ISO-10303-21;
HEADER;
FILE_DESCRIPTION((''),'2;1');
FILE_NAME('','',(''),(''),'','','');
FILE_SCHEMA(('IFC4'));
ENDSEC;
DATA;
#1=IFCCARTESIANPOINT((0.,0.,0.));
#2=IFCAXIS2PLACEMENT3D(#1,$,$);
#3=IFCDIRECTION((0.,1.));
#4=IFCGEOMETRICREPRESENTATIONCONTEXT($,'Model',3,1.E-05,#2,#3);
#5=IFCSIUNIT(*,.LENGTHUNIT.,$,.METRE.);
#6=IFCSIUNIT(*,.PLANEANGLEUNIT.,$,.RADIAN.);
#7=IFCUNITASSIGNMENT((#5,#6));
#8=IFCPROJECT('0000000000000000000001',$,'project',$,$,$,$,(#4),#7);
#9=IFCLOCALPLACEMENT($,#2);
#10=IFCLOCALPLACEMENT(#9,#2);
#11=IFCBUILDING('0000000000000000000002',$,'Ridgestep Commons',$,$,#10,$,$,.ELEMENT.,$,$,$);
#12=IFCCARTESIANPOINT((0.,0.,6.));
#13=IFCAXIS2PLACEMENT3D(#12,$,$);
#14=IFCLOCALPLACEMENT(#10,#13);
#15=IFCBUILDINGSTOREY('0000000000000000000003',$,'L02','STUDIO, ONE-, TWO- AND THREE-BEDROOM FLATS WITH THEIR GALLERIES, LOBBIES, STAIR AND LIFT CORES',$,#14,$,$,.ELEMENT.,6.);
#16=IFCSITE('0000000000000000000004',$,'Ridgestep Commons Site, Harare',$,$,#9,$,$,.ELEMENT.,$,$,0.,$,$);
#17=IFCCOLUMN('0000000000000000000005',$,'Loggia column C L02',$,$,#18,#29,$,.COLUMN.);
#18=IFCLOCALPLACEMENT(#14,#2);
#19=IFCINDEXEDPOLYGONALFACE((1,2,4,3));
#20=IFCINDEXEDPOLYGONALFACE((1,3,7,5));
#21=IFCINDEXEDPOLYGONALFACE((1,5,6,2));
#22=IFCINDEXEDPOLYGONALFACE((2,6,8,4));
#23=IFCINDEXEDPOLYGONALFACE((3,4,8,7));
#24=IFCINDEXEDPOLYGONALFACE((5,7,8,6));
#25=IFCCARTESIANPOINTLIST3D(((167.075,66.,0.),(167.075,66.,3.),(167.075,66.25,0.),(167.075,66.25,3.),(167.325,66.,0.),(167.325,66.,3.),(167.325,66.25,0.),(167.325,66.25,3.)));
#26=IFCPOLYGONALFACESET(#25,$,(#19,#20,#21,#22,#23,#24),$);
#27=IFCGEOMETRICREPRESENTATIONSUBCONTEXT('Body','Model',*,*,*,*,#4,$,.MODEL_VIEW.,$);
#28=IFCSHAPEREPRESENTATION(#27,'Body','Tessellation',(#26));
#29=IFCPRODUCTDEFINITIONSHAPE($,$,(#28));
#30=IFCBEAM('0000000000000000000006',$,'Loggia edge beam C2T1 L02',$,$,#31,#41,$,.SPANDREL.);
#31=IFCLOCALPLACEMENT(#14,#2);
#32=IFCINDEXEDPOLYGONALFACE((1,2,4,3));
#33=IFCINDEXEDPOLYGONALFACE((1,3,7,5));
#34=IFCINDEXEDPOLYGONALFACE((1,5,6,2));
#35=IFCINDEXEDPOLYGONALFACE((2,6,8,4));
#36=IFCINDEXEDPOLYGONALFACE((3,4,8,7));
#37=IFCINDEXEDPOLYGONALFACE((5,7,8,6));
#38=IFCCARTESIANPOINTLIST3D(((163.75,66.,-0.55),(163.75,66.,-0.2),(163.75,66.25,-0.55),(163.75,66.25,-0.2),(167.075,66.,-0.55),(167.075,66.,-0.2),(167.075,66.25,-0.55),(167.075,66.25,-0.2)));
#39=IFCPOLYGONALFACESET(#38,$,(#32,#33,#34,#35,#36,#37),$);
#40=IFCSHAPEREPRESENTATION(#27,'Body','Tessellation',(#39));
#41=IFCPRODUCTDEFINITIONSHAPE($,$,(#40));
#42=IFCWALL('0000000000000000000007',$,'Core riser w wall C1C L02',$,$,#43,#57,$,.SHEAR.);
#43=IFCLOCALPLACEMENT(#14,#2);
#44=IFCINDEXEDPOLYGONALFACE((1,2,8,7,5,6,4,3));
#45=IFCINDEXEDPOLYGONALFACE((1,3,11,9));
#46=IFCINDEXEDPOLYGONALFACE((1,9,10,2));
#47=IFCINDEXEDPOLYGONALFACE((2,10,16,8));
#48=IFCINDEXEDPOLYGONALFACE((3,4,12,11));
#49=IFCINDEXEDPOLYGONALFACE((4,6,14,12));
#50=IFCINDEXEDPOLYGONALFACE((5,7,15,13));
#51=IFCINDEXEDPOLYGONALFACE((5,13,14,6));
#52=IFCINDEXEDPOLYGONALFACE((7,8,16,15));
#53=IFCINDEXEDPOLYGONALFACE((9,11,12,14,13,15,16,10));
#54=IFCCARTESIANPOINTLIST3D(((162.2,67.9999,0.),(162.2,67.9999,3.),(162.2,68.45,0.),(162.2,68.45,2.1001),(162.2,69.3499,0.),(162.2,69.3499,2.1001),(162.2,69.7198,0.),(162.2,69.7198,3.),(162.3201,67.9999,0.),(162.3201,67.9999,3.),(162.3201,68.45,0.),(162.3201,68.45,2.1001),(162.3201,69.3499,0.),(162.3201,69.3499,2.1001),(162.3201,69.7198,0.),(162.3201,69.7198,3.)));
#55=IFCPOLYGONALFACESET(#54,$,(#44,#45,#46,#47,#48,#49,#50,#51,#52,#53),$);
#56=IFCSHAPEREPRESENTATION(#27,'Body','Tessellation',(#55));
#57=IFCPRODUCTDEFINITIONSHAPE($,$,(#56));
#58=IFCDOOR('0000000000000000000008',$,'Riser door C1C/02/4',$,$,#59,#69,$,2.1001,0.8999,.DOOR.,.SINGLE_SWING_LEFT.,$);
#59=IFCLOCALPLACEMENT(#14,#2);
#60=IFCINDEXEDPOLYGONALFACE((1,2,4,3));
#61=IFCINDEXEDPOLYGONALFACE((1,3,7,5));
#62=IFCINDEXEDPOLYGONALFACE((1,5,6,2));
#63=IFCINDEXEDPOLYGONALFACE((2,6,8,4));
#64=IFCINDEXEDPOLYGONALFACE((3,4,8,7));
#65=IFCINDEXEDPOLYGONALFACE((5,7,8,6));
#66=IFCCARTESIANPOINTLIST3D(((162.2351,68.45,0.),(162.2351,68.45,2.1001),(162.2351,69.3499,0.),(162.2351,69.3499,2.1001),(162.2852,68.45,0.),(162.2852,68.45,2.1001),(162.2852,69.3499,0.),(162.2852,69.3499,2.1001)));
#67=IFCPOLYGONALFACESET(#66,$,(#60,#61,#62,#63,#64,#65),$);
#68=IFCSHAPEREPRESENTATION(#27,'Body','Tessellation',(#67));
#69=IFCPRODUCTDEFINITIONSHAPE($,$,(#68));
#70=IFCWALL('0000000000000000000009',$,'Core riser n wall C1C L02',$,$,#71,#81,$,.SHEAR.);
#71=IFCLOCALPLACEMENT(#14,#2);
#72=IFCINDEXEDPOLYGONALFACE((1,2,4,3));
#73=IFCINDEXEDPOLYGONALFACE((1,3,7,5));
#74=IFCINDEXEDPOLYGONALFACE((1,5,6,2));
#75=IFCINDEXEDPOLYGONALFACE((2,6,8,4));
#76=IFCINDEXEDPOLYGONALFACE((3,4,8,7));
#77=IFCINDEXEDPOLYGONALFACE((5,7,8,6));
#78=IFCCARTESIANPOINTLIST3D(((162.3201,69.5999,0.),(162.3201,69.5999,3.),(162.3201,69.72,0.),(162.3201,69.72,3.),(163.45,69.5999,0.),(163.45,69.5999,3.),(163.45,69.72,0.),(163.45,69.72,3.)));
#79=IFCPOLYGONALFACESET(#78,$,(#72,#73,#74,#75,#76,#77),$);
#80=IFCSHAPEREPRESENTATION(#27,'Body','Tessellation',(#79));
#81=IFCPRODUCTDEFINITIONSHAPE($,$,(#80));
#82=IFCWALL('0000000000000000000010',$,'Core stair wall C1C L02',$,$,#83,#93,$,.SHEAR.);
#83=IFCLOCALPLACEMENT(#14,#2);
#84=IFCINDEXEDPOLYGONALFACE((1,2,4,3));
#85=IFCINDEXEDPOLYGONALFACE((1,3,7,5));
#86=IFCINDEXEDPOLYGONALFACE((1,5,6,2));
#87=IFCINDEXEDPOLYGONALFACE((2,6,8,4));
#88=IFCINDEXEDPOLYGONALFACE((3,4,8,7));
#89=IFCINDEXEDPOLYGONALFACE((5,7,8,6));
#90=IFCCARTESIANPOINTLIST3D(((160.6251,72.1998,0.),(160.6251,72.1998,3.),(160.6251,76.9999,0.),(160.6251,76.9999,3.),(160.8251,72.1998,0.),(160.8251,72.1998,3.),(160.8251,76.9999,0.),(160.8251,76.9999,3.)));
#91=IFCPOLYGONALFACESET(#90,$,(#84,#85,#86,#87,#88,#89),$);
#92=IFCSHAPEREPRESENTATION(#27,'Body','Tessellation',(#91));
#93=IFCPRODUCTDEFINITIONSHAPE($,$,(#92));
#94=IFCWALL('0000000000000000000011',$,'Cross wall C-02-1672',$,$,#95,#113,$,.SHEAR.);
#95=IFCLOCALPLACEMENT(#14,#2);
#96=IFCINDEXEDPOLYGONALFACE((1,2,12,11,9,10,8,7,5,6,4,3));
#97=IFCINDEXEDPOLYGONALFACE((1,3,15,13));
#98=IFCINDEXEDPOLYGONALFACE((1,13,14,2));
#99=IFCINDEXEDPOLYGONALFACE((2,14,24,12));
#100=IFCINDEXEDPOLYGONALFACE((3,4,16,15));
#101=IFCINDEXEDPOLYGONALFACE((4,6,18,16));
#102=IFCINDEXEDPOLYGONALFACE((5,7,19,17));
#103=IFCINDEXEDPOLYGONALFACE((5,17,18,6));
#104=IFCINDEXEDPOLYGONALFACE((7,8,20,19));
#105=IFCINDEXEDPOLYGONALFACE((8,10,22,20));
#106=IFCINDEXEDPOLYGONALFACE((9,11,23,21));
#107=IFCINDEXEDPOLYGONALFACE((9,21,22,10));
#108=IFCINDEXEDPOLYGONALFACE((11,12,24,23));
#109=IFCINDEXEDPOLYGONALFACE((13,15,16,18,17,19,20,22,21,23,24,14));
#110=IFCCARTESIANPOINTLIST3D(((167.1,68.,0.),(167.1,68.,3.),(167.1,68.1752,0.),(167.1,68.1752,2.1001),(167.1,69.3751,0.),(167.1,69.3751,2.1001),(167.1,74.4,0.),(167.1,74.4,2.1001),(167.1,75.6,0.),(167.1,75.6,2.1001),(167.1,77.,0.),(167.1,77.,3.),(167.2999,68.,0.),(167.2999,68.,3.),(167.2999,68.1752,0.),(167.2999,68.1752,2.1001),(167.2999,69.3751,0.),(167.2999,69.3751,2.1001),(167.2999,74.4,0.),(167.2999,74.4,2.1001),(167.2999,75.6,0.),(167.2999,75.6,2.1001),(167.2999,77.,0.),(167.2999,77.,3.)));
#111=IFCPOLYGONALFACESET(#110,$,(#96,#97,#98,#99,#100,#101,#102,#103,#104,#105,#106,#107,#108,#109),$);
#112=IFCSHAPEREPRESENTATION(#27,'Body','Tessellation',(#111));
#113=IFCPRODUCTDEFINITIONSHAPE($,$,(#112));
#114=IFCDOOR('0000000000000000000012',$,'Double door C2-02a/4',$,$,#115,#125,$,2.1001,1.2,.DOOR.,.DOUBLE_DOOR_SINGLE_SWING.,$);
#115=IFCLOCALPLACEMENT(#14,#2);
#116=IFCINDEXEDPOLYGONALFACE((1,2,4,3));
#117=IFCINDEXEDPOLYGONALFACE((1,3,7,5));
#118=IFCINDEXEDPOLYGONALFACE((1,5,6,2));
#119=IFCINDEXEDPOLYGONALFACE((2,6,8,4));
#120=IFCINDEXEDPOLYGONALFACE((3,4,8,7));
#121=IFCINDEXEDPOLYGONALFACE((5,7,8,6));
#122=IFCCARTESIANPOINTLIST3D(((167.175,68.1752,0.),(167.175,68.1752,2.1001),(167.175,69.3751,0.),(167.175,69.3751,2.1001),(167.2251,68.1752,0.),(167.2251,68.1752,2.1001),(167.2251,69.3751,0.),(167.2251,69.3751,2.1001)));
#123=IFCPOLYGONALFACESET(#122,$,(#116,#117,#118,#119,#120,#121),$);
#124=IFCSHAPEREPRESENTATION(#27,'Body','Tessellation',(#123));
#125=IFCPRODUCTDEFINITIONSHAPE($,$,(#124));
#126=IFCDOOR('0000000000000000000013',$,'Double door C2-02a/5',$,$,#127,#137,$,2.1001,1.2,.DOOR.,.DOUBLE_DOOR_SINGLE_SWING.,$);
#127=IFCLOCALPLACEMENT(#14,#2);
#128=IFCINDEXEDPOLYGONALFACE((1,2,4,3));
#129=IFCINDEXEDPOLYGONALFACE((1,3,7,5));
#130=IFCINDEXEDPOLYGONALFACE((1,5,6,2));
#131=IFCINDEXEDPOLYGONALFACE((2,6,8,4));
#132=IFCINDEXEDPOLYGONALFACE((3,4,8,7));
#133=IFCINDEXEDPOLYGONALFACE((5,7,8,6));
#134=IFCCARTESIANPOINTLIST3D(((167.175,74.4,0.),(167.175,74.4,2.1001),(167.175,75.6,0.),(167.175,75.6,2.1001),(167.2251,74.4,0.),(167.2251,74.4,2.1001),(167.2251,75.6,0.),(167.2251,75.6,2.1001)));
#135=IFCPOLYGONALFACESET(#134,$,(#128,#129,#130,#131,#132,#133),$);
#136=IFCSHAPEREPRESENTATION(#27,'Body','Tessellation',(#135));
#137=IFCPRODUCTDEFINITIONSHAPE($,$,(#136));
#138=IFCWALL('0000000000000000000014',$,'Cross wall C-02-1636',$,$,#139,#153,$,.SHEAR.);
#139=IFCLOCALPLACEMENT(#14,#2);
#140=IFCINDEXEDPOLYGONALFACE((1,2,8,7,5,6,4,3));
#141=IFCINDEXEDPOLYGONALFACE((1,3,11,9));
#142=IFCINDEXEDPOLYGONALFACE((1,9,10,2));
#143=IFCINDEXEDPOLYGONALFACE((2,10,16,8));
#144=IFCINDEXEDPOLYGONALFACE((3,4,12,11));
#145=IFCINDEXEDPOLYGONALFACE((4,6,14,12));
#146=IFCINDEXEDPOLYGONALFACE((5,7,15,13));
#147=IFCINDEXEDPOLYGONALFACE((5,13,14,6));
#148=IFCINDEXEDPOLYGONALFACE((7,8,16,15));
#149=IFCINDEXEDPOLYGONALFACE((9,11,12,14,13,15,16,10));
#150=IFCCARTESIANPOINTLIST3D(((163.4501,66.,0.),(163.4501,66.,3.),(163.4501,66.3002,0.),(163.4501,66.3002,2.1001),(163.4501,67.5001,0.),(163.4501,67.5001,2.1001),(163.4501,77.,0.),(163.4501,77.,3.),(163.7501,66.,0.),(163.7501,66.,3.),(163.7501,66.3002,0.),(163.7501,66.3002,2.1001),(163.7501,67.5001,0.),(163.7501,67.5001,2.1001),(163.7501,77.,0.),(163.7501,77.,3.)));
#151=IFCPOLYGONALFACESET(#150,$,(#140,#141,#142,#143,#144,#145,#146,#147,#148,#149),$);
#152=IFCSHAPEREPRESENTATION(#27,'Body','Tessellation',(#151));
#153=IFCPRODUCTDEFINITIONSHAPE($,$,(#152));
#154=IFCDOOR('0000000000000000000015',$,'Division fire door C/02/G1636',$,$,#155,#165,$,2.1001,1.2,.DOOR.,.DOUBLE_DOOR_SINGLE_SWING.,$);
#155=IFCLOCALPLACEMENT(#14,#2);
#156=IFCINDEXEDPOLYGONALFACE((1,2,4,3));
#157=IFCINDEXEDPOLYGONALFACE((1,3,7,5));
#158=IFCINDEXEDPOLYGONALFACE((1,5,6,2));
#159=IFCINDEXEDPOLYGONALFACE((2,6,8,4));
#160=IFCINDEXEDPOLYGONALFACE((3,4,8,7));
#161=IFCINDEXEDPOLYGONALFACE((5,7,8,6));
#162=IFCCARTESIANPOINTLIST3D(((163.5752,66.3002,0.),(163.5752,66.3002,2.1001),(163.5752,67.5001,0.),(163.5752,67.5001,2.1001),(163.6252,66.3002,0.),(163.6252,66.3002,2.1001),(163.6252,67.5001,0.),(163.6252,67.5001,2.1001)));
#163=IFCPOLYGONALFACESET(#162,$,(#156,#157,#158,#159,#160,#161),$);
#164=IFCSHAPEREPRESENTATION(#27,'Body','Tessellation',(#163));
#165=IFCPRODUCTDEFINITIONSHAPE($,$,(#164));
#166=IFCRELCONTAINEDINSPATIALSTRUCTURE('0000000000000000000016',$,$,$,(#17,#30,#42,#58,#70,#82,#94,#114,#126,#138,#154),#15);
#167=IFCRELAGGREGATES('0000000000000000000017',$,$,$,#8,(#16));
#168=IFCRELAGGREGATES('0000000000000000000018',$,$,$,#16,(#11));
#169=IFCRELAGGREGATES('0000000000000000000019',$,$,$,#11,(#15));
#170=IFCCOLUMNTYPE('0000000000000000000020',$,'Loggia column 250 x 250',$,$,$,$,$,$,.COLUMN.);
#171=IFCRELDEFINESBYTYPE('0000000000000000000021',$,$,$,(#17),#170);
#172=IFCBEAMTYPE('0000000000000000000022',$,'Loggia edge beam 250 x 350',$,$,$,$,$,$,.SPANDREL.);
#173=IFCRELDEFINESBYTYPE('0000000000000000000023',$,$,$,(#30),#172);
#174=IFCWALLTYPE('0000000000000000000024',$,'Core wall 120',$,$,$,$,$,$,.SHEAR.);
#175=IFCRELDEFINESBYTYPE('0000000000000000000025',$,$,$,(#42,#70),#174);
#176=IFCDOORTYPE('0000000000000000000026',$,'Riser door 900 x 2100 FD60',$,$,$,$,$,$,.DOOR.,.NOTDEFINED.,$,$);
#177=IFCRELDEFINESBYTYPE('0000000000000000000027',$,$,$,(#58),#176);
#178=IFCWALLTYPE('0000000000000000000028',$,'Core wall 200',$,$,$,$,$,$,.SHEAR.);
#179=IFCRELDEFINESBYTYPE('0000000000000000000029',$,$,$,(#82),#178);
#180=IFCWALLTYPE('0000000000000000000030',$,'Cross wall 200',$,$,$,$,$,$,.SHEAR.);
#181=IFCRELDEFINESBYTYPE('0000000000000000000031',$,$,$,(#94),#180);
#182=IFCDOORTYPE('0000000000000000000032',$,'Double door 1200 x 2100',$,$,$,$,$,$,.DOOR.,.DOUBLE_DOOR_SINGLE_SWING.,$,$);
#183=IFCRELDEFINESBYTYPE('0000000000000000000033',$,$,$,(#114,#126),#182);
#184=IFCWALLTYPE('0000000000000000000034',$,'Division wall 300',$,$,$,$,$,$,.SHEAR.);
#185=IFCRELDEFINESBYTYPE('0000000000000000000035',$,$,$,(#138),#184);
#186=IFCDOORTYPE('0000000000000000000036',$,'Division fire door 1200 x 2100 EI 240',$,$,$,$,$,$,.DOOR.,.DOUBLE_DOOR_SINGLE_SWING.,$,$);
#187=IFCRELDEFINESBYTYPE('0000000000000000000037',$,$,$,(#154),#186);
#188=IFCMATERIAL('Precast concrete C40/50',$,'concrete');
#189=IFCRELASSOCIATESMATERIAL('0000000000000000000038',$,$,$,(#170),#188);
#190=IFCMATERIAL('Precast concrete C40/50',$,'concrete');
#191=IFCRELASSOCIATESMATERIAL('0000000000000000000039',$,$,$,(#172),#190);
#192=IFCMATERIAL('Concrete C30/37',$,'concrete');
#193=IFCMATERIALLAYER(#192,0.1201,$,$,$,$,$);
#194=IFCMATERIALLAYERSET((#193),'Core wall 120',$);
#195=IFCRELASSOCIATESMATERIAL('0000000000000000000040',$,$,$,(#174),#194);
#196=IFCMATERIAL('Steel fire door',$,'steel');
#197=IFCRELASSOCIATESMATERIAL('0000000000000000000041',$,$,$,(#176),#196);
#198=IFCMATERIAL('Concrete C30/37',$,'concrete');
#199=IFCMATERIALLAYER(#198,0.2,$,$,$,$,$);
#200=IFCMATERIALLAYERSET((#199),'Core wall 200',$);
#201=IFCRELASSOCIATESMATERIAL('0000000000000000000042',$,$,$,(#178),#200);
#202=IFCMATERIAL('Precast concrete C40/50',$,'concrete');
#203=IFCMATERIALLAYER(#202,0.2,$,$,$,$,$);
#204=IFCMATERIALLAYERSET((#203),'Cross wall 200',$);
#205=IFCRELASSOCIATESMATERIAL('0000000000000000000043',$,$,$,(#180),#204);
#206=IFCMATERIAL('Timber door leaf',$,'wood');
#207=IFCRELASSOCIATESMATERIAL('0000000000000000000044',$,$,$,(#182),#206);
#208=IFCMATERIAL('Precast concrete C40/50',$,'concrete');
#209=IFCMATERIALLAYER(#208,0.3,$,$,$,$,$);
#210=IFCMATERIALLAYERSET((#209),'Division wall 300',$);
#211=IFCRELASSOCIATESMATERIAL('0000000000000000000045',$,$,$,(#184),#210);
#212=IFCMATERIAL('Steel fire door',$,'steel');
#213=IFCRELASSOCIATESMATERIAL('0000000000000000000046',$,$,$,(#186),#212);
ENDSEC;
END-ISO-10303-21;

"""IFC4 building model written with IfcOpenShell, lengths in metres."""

from ifc_helpers import new_model, si_unit, direction, frame, frame_2d, origin, origin_2d, place, context, subcontext, project, spatial, rectangle, extrude, material, layer, layer_set, material_profile, profile_set, type_object, element, fill, save


model = new_model("IFC4")

# Units and contexts
model_context = context("Model", 3, precision=1e-05, world=origin(), true_north=direction((0.0, 1.0)))
body_context = subcontext(model_context, "Body", "Model", "MODEL_VIEW")
ifc_project = project(units=[si_unit("LENGTHUNIT", "METRE"), si_unit("PLANEANGLEUNIT", "RADIAN")], contexts=[model_context])

# Site, building, storey
site_placement = place(None, origin())
site = spatial("IfcSite", under=ifc_project, at=site_placement, Name="Ridgestep Commons Site, Harare", CompositionType="ELEMENT", RefElevation=0.0)
building_placement = place(site_placement, origin())
building = spatial("IfcBuilding", under=site, at=building_placement, Name="Ridgestep Commons", CompositionType="ELEMENT")
storey_placement = place(building_placement, frame((0.0, 0.0, 6.0)))
storey = spatial("IfcBuildingStorey", under=building, at=storey_placement, Name="L02", Description="STUDIO, ONE-, TWO- AND THREE-BEDROOM FLATS WITH THEIR GALLERIES, LOBBIES, STAIR AND LIFT CORES", CompositionType="ELEMENT", Elevation=6.0)

# Column
ifc_material_1 = material(Name="Precast concrete C40/50", Category="concrete")
ifc_material_profile_1 = material_profile(ifc_material_1, rectangle(XDim=0.25, YDim=0.25, at=origin_2d()), Name="PC 250x250")
ifc_profile_set_1 = profile_set([ifc_material_profile_1], Name="Precast concrete C40/50")
column_type = type_object("IfcColumnType", Name="Loggia column 250 x 250", PredefinedType="COLUMN", material=ifc_profile_set_1)
column_placement = place(storey_placement, frame((167.2, 66.125, 0.0), z_axis=(0.0, 0.0, 1.0), x_axis=(1.0, 0.0, 0.0)))
element("IfcColumn", 1, at=column_placement, inside=storey, type_object=column_type, Name="Loggia column C L02", PredefinedType="COLUMN", context=body_context, shape_type="SweptSolid", body=[
    extrude(rectangle(XDim=0.25, YDim=0.25, at=origin_2d()), origin(), (0.0, 0.0, 1.0), 3.0),
])

# Beam
ifc_material_2 = material(Name="Precast concrete C40/50", Category="concrete")
ifc_material_profile_2 = material_profile(ifc_material_2, rectangle(XDim=0.25, YDim=0.3501, at=origin_2d()), Name="PC 250x350")
ifc_profile_set_2 = profile_set([ifc_material_profile_2], Name="Precast concrete C40/50")
beam_type = type_object("IfcBeamType", Name="Loggia edge beam 250 x 350", PredefinedType="SPANDREL", material=ifc_profile_set_2)
beam_placement = place(storey_placement, frame((163.75, 66.125, -0.375), z_axis=(1.0, 0.0, 0.0), x_axis=(0.0, 1.0, 0.0)))
element("IfcBeam", 2, at=beam_placement, inside=storey, type_object=beam_type, Name="Loggia edge beam C2T1 L02", PredefinedType="SPANDREL", context=body_context, shape_type="SweptSolid", body=[
    extrude(rectangle(XDim=0.25, YDim=0.3501, at=origin_2d()), origin(), (0.0, 0.0, 1.0), 3.325),
])

# Wall, opening, door
ifc_material_3 = material(Name="Concrete C30/37", Category="concrete")
ifc_layer_1 = layer(ifc_material_3, 0.1201)
ifc_layer_set_1 = layer_set([ifc_layer_1], Name="Core wall 120")
wall_type_1 = type_object("IfcWallType", Name="Core wall 120", PredefinedType="SHEAR", material=ifc_layer_set_1)
wall_1_placement = place(storey_placement, frame((162.26, 68.0, 0.0), z_axis=(0.0, 0.0, 1.0), x_axis=(0.0, 1.0, 0.0)))
wall_1 = element("IfcWall", 3, at=wall_1_placement, inside=storey, type_object=wall_type_1, Name="Core riser w wall C1C L02", PredefinedType="SHEAR", context=body_context, shape_type="SweptSolid", body=[
    extrude(rectangle(XDim=1.72, YDim=0.1201, at=frame_2d((0.8599, 0.0))), origin(), (0.0, 0.0, 1.0), 3.0),
])
opening_1_placement = place(wall_1_placement, frame((0.45, 0.0, 0.0)))
opening_1 = element("IfcOpeningElement", 4, at=opening_1_placement, cuts=wall_1, PredefinedType="OPENING", context=body_context, shape_type="SweptSolid", body=[
    extrude(rectangle(XDim=0.8999, YDim=2.1001, at=frame_2d((0.45, 1.05))), frame((0.0, 0.0701, 0.0), z_axis=(0.0, -1.0, 0.0), x_axis=(1.0, 0.0, 0.0)), (0.0, 0.0, 1.0), 0.1401),
])
ifc_material_4 = material(Name="Steel fire door", Category="steel")
door_type_1 = type_object("IfcDoorType", Name="Riser door 900 x 2100 FD60", OperationType="NOTDEFINED", PredefinedType="DOOR", material=ifc_material_4)
door_1_placement = place(opening_1_placement, origin())
door_1 = element("IfcDoor", 5, at=door_1_placement, inside=storey, type_object=door_type_1, Name="Riser door C1C/02/4", OperationType="SINGLE_SWING_LEFT", OverallHeight=2.1001, OverallWidth=0.8999, PredefinedType="DOOR", context=body_context, shape_type="SweptSolid", body=[
    extrude(rectangle(XDim=0.8999, YDim=2.1001, at=frame_2d((0.45, 1.05))), frame((0.0, 0.0249, 0.0), z_axis=(0.0, -1.0, 0.0), x_axis=(1.0, 0.0, 0.0)), (0.0, 0.0, 1.0), 0.05),
])
fill(opening_1, door_1)

# Walls
wall_2_placement = place(storey_placement, frame((162.3201, 69.6599, 0.0), z_axis=(0.0, 0.0, 1.0), x_axis=(1.0, 0.0, 0.0)))
element("IfcWall", 6, at=wall_2_placement, inside=storey, type_object=wall_type_1, Name="Core riser n wall C1C L02", PredefinedType="SHEAR", context=body_context, shape_type="SweptSolid", body=[
    extrude(rectangle(XDim=1.1299, YDim=0.1201, at=frame_2d((0.5649, 0.0))), origin(), (0.0, 0.0, 1.0), 3.0),
])
ifc_material_5 = material(Name="Concrete C30/37", Category="concrete")
ifc_layer_2 = layer(ifc_material_5, 0.2)
ifc_layer_set_2 = layer_set([ifc_layer_2], Name="Core wall 200")
wall_type_2 = type_object("IfcWallType", Name="Core wall 200", PredefinedType="SHEAR", material=ifc_layer_set_2)
wall_3_placement = place(storey_placement, frame((160.7251, 72.2, 0.0), z_axis=(0.0, 0.0, 1.0), x_axis=(0.0, 1.0, 0.0)))
element("IfcWall", 7, at=wall_3_placement, inside=storey, type_object=wall_type_2, Name="Core stair wall C1C L02", PredefinedType="SHEAR", context=body_context, shape_type="SweptSolid", body=[
    extrude(rectangle(XDim=4.8, YDim=0.2, at=frame_2d((2.3999, 0.0))), origin(), (0.0, 0.0, 1.0), 3.0),
])

# Wall, openings, doors
ifc_material_6 = material(Name="Precast concrete C40/50", Category="concrete")
ifc_layer_3 = layer(ifc_material_6, 0.2)
ifc_layer_set_3 = layer_set([ifc_layer_3], Name="Cross wall 200")
wall_type_3 = type_object("IfcWallType", Name="Cross wall 200", PredefinedType="SHEAR", material=ifc_layer_set_3)
wall_4_placement = place(storey_placement, frame((167.2, 68.0, 0.0), z_axis=(0.0, 0.0, 1.0), x_axis=(0.0, 1.0, 0.0)))
wall_4 = element("IfcWall", 8, at=wall_4_placement, inside=storey, type_object=wall_type_3, Name="Cross wall C-02-1672", PredefinedType="SHEAR", context=body_context, shape_type="SweptSolid", body=[
    extrude(rectangle(XDim=9.0, YDim=0.2, at=frame_2d((4.5, 0.0))), origin(), (0.0, 0.0, 1.0), 3.0),
])
opening_2_placement = place(wall_4_placement, frame((0.175, 0.0, 0.0)))
opening_2 = element("IfcOpeningElement", 9, at=opening_2_placement, cuts=wall_4, PredefinedType="OPENING", context=body_context, shape_type="SweptSolid", body=[
    extrude(rectangle(XDim=1.2, YDim=2.1001, at=frame_2d((0.6001, 1.05))), frame((0.0, 0.1099, 0.0), z_axis=(0.0, -1.0, 0.0), x_axis=(1.0, 0.0, 0.0)), (0.0, 0.0, 1.0), 0.22),
])
opening_3_placement = place(wall_4_placement, frame((6.3999, 0.0, 0.0)))
opening_3 = element("IfcOpeningElement", 10, at=opening_3_placement, cuts=wall_4, PredefinedType="OPENING", context=body_context, shape_type="SweptSolid", body=[
    extrude(rectangle(XDim=1.2, YDim=2.1001, at=frame_2d((0.6001, 1.05))), frame((0.0, 0.1099, 0.0), z_axis=(0.0, -1.0, 0.0), x_axis=(1.0, 0.0, 0.0)), (0.0, 0.0, 1.0), 0.22),
])
ifc_material_7 = material(Name="Timber door leaf", Category="wood")
door_type_2 = type_object("IfcDoorType", Name="Double door 1200 x 2100", OperationType="DOUBLE_DOOR_SINGLE_SWING", PredefinedType="DOOR", material=ifc_material_7)
door_2_placement = place(opening_2_placement, origin())
door_2 = element("IfcDoor", 11, at=door_2_placement, inside=storey, type_object=door_type_2, Name="Double door C2-02a/4", OperationType="DOUBLE_DOOR_SINGLE_SWING", OverallHeight=2.1001, OverallWidth=1.2, PredefinedType="DOOR", context=body_context, shape_type="SweptSolid", body=[
    extrude(rectangle(XDim=1.2, YDim=2.1001, at=frame_2d((0.6001, 1.05))), frame((0.0, 0.0249, 0.0), z_axis=(0.0, -1.0, 0.0), x_axis=(1.0, 0.0, 0.0)), (0.0, 0.0, 1.0), 0.05),
])
fill(opening_2, door_2)
door_3_placement = place(opening_3_placement, origin())
door_3 = element("IfcDoor", 12, at=door_3_placement, inside=storey, type_object=door_type_2, Name="Double door C2-02a/5", OperationType="DOUBLE_DOOR_SINGLE_SWING", OverallHeight=2.1001, OverallWidth=1.2, PredefinedType="DOOR", context=body_context, shape_type="SweptSolid", body=[
    extrude(rectangle(XDim=1.2, YDim=2.1001, at=frame_2d((0.6001, 1.05))), frame((0.0, 0.0249, 0.0), z_axis=(0.0, -1.0, 0.0), x_axis=(1.0, 0.0, 0.0)), (0.0, 0.0, 1.0), 0.05),
])
fill(opening_3, door_3)

# Wall, opening, door
ifc_material_8 = material(Name="Precast concrete C40/50", Category="concrete")
ifc_layer_4 = layer(ifc_material_8, 0.3)
ifc_layer_set_4 = layer_set([ifc_layer_4], Name="Division wall 300")
wall_type_4 = type_object("IfcWallType", Name="Division wall 300", PredefinedType="SHEAR", material=ifc_layer_set_4)
wall_5_placement = place(storey_placement, frame((163.6001, 66.0, 0.0), z_axis=(0.0, 0.0, 1.0), x_axis=(0.0, 1.0, 0.0)))
wall_5 = element("IfcWall", 13, at=wall_5_placement, inside=storey, type_object=wall_type_4, Name="Cross wall C-02-1636", PredefinedType="SHEAR", context=body_context, shape_type="SweptSolid", body=[
    extrude(rectangle(XDim=11.0, YDim=0.3, at=frame_2d((5.5, 0.0))), origin(), (0.0, 0.0, 1.0), 3.0),
])
opening_4_placement = place(wall_5_placement, frame((0.3, 0.0, 0.0)))
opening_4 = element("IfcOpeningElement", 14, at=opening_4_placement, cuts=wall_5, PredefinedType="OPENING", context=body_context, shape_type="SweptSolid", body=[
    extrude(rectangle(XDim=1.2, YDim=2.1001, at=frame_2d((0.6001, 1.05))), frame((0.0, 0.1599, 0.0), z_axis=(0.0, -1.0, 0.0), x_axis=(1.0, 0.0, 0.0)), (0.0, 0.0, 1.0), 0.3201),
])
ifc_material_9 = material(Name="Steel fire door", Category="steel")
door_type_3 = type_object("IfcDoorType", Name="Division fire door 1200 x 2100 EI 240", OperationType="DOUBLE_DOOR_SINGLE_SWING", PredefinedType="DOOR", material=ifc_material_9)
door_4_placement = place(opening_4_placement, origin())
door_4 = element("IfcDoor", 15, at=door_4_placement, inside=storey, type_object=door_type_3, Name="Division fire door C/02/G1636", OperationType="DOUBLE_DOOR_SINGLE_SWING", OverallHeight=2.1001, OverallWidth=1.2, PredefinedType="DOOR", context=body_context, shape_type="SweptSolid", body=[
    extrude(rectangle(XDim=1.2, YDim=2.1001, at=frame_2d((0.6001, 1.05))), frame((0.0, 0.0249, 0.0), z_axis=(0.0, -1.0, 0.0), x_axis=(1.0, 0.0, 0.0)), (0.0, 0.0, 1.0), 0.05),
])
fill(opening_4, door_4)

save(model, "model.ifc")
